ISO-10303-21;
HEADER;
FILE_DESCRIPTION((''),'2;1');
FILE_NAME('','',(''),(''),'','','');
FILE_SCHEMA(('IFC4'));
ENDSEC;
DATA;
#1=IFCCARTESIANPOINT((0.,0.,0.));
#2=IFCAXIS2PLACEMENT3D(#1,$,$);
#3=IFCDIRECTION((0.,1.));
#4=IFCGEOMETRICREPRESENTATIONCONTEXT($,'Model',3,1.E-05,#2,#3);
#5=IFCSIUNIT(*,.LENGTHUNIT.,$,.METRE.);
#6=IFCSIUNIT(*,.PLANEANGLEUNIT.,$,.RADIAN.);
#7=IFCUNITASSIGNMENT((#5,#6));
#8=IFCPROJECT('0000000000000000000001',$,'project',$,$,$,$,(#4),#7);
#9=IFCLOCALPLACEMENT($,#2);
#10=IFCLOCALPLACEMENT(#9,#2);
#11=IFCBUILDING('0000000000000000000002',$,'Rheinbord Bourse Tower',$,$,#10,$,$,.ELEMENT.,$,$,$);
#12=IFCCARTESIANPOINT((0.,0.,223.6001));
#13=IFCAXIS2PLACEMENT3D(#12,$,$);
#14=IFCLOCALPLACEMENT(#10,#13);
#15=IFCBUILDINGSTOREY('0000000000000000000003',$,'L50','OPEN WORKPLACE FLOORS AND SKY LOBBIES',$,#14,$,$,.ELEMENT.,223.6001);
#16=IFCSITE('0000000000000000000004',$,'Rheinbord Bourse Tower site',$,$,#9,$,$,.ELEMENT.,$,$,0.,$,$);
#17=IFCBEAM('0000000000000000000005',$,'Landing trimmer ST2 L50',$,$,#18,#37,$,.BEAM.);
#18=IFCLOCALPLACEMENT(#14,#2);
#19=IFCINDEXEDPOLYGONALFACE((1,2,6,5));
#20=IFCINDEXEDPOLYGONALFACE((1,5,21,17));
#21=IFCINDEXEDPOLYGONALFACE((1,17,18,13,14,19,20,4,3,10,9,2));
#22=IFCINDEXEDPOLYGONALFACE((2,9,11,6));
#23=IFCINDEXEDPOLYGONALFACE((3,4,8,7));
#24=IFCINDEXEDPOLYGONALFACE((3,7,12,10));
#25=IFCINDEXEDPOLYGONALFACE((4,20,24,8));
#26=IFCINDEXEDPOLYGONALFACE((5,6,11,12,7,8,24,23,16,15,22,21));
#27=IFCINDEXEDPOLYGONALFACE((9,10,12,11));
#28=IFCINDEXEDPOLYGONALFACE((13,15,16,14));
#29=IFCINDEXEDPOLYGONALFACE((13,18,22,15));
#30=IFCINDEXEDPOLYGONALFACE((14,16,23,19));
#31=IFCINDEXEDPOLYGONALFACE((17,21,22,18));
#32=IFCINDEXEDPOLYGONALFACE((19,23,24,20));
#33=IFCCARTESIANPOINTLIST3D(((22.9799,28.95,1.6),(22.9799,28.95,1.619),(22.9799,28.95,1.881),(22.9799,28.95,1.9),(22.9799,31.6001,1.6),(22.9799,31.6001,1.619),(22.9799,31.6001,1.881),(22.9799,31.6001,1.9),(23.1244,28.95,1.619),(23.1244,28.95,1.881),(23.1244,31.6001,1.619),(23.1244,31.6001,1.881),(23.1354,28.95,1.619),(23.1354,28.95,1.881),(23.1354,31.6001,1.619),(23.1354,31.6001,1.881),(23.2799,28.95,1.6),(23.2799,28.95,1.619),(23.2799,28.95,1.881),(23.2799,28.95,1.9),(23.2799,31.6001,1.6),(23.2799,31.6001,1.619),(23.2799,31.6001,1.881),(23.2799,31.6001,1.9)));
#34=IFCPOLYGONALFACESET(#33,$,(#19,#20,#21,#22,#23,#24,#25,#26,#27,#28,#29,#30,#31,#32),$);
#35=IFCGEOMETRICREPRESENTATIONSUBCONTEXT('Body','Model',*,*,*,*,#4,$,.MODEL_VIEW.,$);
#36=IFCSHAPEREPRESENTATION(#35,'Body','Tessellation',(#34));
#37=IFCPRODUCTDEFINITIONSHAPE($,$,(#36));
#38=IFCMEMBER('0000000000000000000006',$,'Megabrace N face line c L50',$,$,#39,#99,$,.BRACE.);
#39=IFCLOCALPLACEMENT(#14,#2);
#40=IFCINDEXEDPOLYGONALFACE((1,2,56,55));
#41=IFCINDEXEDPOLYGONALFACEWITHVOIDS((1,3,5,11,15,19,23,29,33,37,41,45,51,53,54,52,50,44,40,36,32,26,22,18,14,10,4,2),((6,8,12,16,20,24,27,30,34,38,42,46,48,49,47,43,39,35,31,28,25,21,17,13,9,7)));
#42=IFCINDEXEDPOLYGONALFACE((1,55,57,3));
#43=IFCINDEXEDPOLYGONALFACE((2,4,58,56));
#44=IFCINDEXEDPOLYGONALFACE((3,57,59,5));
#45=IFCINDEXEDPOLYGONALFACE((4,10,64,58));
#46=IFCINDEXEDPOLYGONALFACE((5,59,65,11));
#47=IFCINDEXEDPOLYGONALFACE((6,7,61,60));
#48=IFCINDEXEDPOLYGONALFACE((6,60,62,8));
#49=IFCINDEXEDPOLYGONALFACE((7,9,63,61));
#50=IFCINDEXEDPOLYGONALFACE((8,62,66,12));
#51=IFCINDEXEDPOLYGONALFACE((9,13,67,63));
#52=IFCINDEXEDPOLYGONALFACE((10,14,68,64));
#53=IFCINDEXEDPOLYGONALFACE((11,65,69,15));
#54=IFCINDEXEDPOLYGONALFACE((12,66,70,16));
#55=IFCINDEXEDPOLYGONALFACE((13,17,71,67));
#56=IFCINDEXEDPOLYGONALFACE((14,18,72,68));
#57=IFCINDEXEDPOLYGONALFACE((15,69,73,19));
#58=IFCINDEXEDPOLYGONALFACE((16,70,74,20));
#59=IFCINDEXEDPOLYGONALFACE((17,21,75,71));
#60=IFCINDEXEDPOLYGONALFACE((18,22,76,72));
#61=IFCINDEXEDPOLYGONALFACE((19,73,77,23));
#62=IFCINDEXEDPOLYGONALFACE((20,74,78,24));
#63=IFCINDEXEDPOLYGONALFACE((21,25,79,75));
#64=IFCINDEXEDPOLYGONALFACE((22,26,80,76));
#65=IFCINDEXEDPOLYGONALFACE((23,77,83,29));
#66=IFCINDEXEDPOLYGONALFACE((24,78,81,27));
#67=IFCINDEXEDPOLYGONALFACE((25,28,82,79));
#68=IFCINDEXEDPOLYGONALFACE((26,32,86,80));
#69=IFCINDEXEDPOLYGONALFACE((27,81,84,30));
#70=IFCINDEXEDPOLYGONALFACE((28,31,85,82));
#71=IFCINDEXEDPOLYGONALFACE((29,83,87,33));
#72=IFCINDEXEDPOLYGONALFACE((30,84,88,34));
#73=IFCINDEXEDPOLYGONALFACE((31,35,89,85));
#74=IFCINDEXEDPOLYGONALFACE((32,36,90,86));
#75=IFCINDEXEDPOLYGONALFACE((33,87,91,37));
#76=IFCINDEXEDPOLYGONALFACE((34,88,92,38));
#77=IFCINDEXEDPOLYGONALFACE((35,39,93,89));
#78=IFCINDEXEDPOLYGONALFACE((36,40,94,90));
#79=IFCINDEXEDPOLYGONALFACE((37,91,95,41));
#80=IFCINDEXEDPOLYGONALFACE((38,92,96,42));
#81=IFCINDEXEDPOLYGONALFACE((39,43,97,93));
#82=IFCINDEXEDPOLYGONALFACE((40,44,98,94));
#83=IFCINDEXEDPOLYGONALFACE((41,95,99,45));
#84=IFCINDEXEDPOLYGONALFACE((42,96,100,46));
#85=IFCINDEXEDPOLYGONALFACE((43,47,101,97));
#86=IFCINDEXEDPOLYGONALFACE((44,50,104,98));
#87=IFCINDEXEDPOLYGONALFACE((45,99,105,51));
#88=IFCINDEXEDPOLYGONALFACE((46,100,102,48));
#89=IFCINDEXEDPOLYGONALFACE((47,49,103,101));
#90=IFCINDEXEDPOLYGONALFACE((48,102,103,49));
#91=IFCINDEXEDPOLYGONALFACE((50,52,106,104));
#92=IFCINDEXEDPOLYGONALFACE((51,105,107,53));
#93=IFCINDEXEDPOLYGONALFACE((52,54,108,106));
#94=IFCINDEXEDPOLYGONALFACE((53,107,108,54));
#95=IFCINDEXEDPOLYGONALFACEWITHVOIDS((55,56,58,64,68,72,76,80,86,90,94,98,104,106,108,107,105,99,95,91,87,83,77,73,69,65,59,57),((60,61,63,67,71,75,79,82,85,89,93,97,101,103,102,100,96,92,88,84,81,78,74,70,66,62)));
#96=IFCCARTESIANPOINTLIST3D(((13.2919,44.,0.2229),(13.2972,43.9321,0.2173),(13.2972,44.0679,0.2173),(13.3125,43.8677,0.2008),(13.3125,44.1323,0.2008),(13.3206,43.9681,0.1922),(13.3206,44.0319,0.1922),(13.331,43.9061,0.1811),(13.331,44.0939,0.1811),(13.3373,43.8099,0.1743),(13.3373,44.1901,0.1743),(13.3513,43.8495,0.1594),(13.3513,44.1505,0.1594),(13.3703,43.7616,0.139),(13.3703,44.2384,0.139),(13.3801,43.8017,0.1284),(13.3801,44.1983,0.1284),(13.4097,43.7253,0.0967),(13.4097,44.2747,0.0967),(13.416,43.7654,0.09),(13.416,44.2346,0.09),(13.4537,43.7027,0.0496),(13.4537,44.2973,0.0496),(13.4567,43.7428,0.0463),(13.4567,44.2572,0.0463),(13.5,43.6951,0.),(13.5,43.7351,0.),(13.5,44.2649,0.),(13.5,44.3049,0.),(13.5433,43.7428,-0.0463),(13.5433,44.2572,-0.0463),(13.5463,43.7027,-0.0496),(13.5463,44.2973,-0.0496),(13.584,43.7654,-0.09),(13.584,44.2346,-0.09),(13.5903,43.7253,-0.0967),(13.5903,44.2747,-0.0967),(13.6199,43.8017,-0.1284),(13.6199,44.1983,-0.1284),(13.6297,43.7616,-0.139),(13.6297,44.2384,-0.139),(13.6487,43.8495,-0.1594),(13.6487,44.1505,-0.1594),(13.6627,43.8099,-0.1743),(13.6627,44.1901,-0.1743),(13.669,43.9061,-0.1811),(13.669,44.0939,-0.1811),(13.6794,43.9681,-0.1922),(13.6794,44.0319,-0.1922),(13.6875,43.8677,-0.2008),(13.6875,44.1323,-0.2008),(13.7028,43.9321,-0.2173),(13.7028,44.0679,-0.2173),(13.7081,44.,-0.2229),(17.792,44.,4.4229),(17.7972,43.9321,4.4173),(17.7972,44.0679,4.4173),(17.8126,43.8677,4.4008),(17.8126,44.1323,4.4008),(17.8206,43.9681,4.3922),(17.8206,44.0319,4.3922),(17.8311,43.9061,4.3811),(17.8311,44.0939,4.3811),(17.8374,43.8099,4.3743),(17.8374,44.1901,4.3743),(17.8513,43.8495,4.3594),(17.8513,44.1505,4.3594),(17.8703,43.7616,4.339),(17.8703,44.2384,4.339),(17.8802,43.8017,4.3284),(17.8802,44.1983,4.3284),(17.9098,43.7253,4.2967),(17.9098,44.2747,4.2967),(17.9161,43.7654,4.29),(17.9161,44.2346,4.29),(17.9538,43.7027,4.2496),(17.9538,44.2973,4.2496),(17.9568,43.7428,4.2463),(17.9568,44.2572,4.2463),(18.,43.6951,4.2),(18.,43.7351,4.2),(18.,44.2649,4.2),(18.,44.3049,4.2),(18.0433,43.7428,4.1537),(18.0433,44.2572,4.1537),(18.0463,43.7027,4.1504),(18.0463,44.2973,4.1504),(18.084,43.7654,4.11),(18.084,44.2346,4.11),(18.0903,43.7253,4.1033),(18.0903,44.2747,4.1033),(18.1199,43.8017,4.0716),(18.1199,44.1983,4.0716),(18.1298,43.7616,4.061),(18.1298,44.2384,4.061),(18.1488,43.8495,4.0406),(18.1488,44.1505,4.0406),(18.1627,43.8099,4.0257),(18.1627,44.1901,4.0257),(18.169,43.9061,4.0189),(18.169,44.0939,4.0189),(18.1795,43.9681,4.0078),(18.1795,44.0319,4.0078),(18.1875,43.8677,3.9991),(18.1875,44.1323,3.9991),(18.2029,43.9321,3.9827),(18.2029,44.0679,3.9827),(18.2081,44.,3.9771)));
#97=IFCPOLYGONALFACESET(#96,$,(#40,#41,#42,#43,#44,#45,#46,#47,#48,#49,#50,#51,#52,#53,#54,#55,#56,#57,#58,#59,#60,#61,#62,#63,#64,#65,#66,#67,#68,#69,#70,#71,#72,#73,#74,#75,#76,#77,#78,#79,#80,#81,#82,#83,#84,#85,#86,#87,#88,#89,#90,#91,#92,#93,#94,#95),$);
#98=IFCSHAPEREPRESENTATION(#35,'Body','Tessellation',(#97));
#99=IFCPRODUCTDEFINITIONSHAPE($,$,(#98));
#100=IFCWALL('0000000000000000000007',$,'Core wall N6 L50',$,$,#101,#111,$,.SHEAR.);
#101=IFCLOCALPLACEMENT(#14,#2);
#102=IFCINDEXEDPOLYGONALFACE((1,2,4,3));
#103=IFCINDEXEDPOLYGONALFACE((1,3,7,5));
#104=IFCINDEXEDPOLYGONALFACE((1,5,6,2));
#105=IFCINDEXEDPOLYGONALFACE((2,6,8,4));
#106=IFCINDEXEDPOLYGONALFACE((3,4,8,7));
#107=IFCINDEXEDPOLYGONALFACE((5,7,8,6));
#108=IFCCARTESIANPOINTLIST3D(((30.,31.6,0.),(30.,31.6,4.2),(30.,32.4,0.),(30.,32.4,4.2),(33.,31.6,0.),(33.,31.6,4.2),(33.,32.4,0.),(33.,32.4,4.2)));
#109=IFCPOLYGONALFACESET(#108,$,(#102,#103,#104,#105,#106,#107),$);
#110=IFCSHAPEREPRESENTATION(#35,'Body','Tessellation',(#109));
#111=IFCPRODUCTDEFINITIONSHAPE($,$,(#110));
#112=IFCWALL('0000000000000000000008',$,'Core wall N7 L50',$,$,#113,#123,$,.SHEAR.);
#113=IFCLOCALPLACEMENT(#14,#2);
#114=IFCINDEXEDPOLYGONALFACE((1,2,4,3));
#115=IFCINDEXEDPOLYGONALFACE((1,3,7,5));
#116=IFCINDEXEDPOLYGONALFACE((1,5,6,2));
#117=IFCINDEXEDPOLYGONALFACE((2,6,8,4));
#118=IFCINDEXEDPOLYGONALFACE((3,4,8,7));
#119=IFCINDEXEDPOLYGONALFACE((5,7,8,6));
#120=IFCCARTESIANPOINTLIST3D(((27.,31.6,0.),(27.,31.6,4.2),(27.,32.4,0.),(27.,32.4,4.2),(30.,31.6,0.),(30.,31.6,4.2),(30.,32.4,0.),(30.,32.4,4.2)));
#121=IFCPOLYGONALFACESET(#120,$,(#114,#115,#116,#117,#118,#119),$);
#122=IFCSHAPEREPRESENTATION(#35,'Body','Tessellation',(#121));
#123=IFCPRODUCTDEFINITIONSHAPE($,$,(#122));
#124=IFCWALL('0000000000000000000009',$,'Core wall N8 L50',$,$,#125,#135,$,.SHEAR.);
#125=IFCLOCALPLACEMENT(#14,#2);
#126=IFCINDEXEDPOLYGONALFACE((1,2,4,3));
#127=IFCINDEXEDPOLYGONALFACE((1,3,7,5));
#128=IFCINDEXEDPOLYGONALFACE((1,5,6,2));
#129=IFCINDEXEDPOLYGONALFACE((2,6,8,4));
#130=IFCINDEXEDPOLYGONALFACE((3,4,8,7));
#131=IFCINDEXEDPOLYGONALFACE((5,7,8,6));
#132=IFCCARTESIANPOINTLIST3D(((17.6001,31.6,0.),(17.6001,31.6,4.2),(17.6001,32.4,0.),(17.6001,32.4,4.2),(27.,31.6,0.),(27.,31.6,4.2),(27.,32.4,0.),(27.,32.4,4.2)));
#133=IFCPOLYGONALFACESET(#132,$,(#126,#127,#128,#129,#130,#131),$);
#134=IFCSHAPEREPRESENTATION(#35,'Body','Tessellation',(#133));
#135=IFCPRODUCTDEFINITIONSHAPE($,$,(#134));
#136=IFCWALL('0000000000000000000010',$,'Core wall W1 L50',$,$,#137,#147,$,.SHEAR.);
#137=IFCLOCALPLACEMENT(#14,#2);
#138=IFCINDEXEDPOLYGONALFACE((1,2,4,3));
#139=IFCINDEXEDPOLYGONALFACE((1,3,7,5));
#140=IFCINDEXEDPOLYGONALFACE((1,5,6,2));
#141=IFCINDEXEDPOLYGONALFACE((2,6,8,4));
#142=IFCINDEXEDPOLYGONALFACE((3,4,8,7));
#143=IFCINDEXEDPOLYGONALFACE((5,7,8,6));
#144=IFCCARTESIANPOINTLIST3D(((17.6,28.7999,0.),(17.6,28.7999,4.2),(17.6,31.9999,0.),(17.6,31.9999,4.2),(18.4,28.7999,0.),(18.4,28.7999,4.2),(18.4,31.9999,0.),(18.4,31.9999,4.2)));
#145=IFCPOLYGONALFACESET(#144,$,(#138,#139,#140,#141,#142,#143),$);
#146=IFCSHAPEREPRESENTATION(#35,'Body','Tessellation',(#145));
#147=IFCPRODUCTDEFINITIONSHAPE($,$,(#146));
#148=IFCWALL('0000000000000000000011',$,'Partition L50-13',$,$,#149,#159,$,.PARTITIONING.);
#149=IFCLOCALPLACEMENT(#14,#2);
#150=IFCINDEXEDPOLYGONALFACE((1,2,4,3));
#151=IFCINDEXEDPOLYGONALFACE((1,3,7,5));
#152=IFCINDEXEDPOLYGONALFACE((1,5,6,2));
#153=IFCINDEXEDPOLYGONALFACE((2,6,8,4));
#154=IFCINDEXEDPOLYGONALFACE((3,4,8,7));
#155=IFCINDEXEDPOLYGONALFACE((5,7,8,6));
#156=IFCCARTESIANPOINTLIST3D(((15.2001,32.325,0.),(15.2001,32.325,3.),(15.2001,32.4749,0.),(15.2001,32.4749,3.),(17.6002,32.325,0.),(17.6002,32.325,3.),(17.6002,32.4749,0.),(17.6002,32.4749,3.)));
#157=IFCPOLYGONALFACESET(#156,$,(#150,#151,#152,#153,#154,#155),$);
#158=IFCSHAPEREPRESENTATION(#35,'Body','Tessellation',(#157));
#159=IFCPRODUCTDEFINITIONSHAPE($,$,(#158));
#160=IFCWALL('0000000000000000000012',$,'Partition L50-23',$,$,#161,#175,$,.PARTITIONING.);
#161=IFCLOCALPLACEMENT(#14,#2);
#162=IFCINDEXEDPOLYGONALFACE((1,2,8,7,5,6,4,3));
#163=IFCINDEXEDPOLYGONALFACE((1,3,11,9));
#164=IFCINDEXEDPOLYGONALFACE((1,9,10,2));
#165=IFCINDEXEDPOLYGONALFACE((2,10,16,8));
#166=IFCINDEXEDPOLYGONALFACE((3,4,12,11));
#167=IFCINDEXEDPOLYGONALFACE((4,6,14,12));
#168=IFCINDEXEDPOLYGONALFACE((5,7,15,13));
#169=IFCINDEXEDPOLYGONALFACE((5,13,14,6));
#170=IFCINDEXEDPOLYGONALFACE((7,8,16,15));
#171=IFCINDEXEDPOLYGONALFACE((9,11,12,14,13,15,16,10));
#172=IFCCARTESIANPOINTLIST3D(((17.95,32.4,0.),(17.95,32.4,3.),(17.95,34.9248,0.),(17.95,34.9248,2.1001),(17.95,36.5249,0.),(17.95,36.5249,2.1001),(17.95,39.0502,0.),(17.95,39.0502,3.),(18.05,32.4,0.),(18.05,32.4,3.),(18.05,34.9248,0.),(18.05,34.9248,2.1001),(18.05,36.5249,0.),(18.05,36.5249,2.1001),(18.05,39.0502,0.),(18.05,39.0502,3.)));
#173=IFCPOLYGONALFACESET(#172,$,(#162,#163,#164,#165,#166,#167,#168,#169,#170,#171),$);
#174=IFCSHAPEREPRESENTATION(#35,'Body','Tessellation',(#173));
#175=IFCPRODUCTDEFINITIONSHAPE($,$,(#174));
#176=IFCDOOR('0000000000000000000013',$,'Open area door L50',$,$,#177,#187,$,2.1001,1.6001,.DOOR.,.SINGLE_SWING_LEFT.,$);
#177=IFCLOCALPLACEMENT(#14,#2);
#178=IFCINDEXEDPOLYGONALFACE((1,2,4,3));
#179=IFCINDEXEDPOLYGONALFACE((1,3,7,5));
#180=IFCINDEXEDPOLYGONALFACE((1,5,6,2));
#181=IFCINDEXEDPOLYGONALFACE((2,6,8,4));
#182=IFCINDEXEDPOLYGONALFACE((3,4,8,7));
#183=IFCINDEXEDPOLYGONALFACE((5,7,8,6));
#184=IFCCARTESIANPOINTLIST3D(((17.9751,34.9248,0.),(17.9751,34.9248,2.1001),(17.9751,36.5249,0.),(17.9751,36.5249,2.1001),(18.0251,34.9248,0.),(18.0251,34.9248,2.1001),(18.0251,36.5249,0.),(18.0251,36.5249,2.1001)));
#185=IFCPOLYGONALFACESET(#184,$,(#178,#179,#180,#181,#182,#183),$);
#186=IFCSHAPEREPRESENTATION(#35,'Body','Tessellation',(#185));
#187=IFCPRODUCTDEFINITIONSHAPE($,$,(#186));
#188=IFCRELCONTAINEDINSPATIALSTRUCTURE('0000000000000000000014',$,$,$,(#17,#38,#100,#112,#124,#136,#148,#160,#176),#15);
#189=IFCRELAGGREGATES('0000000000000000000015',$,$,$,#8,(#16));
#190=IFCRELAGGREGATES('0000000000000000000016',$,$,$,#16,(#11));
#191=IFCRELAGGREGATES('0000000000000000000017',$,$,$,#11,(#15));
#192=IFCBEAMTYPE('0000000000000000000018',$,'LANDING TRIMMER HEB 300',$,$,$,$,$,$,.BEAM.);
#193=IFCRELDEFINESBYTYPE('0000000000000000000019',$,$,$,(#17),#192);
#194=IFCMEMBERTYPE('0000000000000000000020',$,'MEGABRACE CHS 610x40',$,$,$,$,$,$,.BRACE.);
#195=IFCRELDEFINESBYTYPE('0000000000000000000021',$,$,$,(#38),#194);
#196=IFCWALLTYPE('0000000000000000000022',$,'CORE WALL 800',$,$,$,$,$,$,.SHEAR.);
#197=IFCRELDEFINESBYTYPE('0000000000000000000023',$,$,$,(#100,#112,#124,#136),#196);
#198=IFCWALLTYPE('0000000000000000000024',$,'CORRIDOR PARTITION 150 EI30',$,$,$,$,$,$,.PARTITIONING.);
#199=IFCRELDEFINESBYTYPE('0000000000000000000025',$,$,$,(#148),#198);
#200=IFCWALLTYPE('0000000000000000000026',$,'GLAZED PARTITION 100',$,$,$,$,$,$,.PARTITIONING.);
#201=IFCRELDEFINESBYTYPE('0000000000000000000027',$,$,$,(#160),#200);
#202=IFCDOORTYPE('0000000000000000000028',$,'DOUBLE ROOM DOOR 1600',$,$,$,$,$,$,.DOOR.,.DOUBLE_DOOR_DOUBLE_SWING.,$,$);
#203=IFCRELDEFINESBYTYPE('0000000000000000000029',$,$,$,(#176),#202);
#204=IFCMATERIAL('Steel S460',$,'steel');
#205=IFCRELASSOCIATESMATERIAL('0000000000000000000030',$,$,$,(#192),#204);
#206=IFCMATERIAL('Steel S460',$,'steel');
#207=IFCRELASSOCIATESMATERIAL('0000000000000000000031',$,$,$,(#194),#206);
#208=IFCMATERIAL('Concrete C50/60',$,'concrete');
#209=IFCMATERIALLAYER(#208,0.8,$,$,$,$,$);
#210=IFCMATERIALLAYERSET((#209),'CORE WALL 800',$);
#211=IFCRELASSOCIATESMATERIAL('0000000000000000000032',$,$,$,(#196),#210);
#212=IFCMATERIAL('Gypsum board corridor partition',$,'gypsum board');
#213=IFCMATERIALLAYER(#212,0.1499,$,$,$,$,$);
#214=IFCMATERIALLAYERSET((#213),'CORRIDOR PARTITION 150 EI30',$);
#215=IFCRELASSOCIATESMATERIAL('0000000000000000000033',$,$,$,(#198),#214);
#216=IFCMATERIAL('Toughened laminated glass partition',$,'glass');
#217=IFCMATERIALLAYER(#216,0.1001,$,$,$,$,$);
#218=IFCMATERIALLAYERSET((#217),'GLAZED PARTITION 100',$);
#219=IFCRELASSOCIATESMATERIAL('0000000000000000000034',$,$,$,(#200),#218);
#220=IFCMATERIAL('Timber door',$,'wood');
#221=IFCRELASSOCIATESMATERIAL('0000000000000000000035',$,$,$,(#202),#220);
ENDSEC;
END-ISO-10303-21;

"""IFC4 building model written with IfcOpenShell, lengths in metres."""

from ifc_helpers import new_model, si_unit, direction, frame, frame_2d, origin, origin_2d, place, context, subcontext, project, spatial, rectangle, hollow_circle, i_section, extrude, material, layer, layer_set, material_profile, profile_set, type_object, element, fill, save


model = new_model("IFC4")

# Units and contexts
model_context = context("Model", 3, precision=1e-05, world=origin(), true_north=direction((0.0, 1.0)))
body_context = subcontext(model_context, "Body", "Model", "MODEL_VIEW")
ifc_project = project(units=[si_unit("LENGTHUNIT", "METRE"), si_unit("PLANEANGLEUNIT", "RADIAN")], contexts=[model_context])

# Site, building, storey
site_placement = place(None, origin())
site = spatial("IfcSite", under=ifc_project, at=site_placement, Name="Rheinbord Bourse Tower site", CompositionType="ELEMENT", RefElevation=0.0)
building_placement = place(site_placement, origin())
building = spatial("IfcBuilding", under=site, at=building_placement, Name="Rheinbord Bourse Tower", CompositionType="ELEMENT")
storey_placement = place(building_placement, frame((0.0, 0.0, 223.6001)))
storey = spatial("IfcBuildingStorey", under=building, at=storey_placement, Name="L50", Description="OPEN WORKPLACE FLOORS AND SKY LOBBIES", CompositionType="ELEMENT", Elevation=223.6001)

# Beam
ifc_material_1 = material(Name="Steel S460", Category="steel")
ifc_material_profile_1 = material_profile(ifc_material_1, i_section(OverallWidth=0.3, OverallDepth=0.3, WebThickness=0.011, FlangeThickness=0.019, at=origin_2d()), Name="HEB 300")
ifc_profile_set_1 = profile_set([ifc_material_profile_1], Name="Steel S460")
beam_type = type_object("IfcBeamType", Name="LANDING TRIMMER HEB 300", PredefinedType="BEAM", material=ifc_profile_set_1)
beam_placement = place(storey_placement, frame((23.1299, 28.95, 1.75), z_axis=(0.0, 1.0, 0.0), x_axis=(-1.0, 0.0, 0.0)))
element("IfcBeam", 1, at=beam_placement, inside=storey, type_object=beam_type, Name="Landing trimmer ST2 L50", PredefinedType="BEAM", context=body_context, shape_type="SweptSolid", body=[
    extrude(i_section(OverallWidth=0.3, OverallDepth=0.3, WebThickness=0.011, FlangeThickness=0.019, at=origin_2d()), origin(), (0.0, 0.0, 1.0), 2.6501),
])

# Member
ifc_material_2 = material(Name="Steel S460", Category="steel")
ifc_material_profile_2 = material_profile(ifc_material_2, hollow_circle(Radius=0.3049, WallThickness=0.04, at=origin_2d()), Name="CHS 610x40")
ifc_profile_set_2 = profile_set([ifc_material_profile_2], Name="Steel S460")
member_type = type_object("IfcMemberType", Name="MEGABRACE CHS 610x40", PredefinedType="BRACE", material=ifc_profile_set_2)
member_placement = place(storey_placement, frame((13.5, 44.0, 0.0), z_axis=(0.731059, 0.0, 0.682314), x_axis=(0.0, 1.0, 0.0)))
element("IfcMember", 2, at=member_placement, inside=storey, type_object=member_type, Name="Megabrace N face line c L50", PredefinedType="BRACE", context=body_context, shape_type="SweptSolid", body=[
    extrude(hollow_circle(Radius=0.3049, WallThickness=0.04, at=origin_2d()), origin(), (0.0, 0.0, 1.0), 6.1555),
])

# Walls
ifc_material_3 = material(Name="Concrete C50/60", Category="concrete")
ifc_layer_1 = layer(ifc_material_3, 0.8)
ifc_layer_set_1 = layer_set([ifc_layer_1], Name="CORE WALL 800")
wall_type_1 = type_object("IfcWallType", Name="CORE WALL 800", PredefinedType="SHEAR", material=ifc_layer_set_1)
for number, where, z_axis, x_axis, name in (
    (3, (33.0, 32.0, 0.0), (0.0, 0.0, 1.0), (-1.0, 0.0, 0.0), "Core wall N6 L50"),
    (4, (30.0, 32.0, 0.0), (0.0, 0.0, 1.0), (-1.0, 0.0, 0.0), "Core wall N7 L50"),
):
    element("IfcWall", number, at=place(storey_placement, frame(where, z_axis=z_axis, x_axis=x_axis)), inside=storey, type_object=wall_type_1, Name=name, PredefinedType="SHEAR", context=body_context, shape_type="SweptSolid", body=[
        extrude(rectangle(XDim=3.0, YDim=0.8, at=frame_2d((1.5, 0.0))), origin(), (0.0, 0.0, 1.0), 4.2),
    ])
wall_1_placement = place(storey_placement, frame((27.0, 32.0, 0.0), z_axis=(0.0, 0.0, 1.0), x_axis=(-1.0, 0.0, 0.0)))
element("IfcWall", 5, at=wall_1_placement, inside=storey, type_object=wall_type_1, Name="Core wall N8 L50", PredefinedType="SHEAR", context=body_context, shape_type="SweptSolid", body=[
    extrude(rectangle(XDim=9.3999, YDim=0.8, at=frame_2d((4.7, 0.0))), origin(), (0.0, 0.0, 1.0), 4.2),
])
wall_2_placement = place(storey_placement, frame((18.0, 32.0, 0.0), z_axis=(0.0, 0.0, 1.0), x_axis=(0.0, -1.0, 0.0)))
element("IfcWall", 6, at=wall_2_placement, inside=storey, type_object=wall_type_1, Name="Core wall W1 L50", PredefinedType="SHEAR", context=body_context, shape_type="SweptSolid", body=[
    extrude(rectangle(XDim=3.2, YDim=0.8, at=frame_2d((1.6001, 0.0))), origin(), (0.0, 0.0, 1.0), 4.2),
])
ifc_material_4 = material(Name="Gypsum board corridor partition", Category="gypsum board")
ifc_layer_2 = layer(ifc_material_4, 0.1499)
ifc_layer_set_2 = layer_set([ifc_layer_2], Name="CORRIDOR PARTITION 150 EI30")
wall_type_2 = type_object("IfcWallType", Name="CORRIDOR PARTITION 150 EI30", PredefinedType="PARTITIONING", material=ifc_layer_set_2)
wall_3_placement = place(storey_placement, frame((15.2, 32.3999, 0.0), z_axis=(0.0, 0.0, 1.0), x_axis=(1.0, 0.0, 0.0)))
element("IfcWall", 7, at=wall_3_placement, inside=storey, type_object=wall_type_2, Name="Partition L50-13", PredefinedType="PARTITIONING", context=body_context, shape_type="SweptSolid", body=[
    extrude(rectangle(XDim=2.4001, YDim=0.1499, at=frame_2d((1.2002, 0.0))), origin(), (0.0, 0.0, 1.0), 3.0),
])

# Wall, opening, door
ifc_material_5 = material(Name="Toughened laminated glass partition", Category="glass")
ifc_layer_3 = layer(ifc_material_5, 0.1001)
ifc_layer_set_3 = layer_set([ifc_layer_3], Name="GLAZED PARTITION 100")
wall_type_3 = type_object("IfcWallType", Name="GLAZED PARTITION 100", PredefinedType="PARTITIONING", material=ifc_layer_set_3)
wall_4_placement = place(storey_placement, frame((18.0, 32.3999, 0.0), z_axis=(0.0, 0.0, 1.0), x_axis=(0.0, 1.0, 0.0)))
wall_4 = element("IfcWall", 8, at=wall_4_placement, inside=storey, type_object=wall_type_3, Name="Partition L50-23", PredefinedType="PARTITIONING", context=body_context, shape_type="SweptSolid", body=[
    extrude(rectangle(XDim=6.6501, YDim=0.1001, at=frame_2d((3.3252, 0.0))), origin(), (0.0, 0.0, 1.0), 3.0),
])
opening_placement = place(wall_4_placement, frame((2.5249, 0.0, 0.0)))
opening = element("IfcOpeningElement", 9, at=opening_placement, cuts=wall_4, PredefinedType="OPENING", context=body_context, shape_type="SweptSolid", body=[
    extrude(rectangle(XDim=1.6001, YDim=2.1001, at=frame_2d((0.8, 1.05))), frame((0.0, 0.0601, 0.0), z_axis=(0.0, -1.0, 0.0), x_axis=(1.0, 0.0, 0.0)), (0.0, 0.0, 1.0), 0.1201),
])
ifc_material_6 = material(Name="Timber door", Category="wood")
door_type = type_object("IfcDoorType", Name="DOUBLE ROOM DOOR 1600", OperationType="DOUBLE_DOOR_DOUBLE_SWING", PredefinedType="DOOR", material=ifc_material_6)
door_placement = place(opening_placement, origin())
door = element("IfcDoor", 10, at=door_placement, inside=storey, type_object=door_type, Name="Open area door L50", OperationType="SINGLE_SWING_LEFT", OverallHeight=2.1001, OverallWidth=1.6001, PredefinedType="DOOR", context=body_context, shape_type="SweptSolid", body=[
    extrude(rectangle(XDim=1.6001, YDim=2.1001, at=frame_2d((0.8, 1.05))), frame((0.0, 0.0249, 0.0), z_axis=(0.0, -1.0, 0.0), x_axis=(1.0, 0.0, 0.0)), (0.0, 0.0, 1.0), 0.05),
])
fill(opening, door)

save(model, "model.ifc")
